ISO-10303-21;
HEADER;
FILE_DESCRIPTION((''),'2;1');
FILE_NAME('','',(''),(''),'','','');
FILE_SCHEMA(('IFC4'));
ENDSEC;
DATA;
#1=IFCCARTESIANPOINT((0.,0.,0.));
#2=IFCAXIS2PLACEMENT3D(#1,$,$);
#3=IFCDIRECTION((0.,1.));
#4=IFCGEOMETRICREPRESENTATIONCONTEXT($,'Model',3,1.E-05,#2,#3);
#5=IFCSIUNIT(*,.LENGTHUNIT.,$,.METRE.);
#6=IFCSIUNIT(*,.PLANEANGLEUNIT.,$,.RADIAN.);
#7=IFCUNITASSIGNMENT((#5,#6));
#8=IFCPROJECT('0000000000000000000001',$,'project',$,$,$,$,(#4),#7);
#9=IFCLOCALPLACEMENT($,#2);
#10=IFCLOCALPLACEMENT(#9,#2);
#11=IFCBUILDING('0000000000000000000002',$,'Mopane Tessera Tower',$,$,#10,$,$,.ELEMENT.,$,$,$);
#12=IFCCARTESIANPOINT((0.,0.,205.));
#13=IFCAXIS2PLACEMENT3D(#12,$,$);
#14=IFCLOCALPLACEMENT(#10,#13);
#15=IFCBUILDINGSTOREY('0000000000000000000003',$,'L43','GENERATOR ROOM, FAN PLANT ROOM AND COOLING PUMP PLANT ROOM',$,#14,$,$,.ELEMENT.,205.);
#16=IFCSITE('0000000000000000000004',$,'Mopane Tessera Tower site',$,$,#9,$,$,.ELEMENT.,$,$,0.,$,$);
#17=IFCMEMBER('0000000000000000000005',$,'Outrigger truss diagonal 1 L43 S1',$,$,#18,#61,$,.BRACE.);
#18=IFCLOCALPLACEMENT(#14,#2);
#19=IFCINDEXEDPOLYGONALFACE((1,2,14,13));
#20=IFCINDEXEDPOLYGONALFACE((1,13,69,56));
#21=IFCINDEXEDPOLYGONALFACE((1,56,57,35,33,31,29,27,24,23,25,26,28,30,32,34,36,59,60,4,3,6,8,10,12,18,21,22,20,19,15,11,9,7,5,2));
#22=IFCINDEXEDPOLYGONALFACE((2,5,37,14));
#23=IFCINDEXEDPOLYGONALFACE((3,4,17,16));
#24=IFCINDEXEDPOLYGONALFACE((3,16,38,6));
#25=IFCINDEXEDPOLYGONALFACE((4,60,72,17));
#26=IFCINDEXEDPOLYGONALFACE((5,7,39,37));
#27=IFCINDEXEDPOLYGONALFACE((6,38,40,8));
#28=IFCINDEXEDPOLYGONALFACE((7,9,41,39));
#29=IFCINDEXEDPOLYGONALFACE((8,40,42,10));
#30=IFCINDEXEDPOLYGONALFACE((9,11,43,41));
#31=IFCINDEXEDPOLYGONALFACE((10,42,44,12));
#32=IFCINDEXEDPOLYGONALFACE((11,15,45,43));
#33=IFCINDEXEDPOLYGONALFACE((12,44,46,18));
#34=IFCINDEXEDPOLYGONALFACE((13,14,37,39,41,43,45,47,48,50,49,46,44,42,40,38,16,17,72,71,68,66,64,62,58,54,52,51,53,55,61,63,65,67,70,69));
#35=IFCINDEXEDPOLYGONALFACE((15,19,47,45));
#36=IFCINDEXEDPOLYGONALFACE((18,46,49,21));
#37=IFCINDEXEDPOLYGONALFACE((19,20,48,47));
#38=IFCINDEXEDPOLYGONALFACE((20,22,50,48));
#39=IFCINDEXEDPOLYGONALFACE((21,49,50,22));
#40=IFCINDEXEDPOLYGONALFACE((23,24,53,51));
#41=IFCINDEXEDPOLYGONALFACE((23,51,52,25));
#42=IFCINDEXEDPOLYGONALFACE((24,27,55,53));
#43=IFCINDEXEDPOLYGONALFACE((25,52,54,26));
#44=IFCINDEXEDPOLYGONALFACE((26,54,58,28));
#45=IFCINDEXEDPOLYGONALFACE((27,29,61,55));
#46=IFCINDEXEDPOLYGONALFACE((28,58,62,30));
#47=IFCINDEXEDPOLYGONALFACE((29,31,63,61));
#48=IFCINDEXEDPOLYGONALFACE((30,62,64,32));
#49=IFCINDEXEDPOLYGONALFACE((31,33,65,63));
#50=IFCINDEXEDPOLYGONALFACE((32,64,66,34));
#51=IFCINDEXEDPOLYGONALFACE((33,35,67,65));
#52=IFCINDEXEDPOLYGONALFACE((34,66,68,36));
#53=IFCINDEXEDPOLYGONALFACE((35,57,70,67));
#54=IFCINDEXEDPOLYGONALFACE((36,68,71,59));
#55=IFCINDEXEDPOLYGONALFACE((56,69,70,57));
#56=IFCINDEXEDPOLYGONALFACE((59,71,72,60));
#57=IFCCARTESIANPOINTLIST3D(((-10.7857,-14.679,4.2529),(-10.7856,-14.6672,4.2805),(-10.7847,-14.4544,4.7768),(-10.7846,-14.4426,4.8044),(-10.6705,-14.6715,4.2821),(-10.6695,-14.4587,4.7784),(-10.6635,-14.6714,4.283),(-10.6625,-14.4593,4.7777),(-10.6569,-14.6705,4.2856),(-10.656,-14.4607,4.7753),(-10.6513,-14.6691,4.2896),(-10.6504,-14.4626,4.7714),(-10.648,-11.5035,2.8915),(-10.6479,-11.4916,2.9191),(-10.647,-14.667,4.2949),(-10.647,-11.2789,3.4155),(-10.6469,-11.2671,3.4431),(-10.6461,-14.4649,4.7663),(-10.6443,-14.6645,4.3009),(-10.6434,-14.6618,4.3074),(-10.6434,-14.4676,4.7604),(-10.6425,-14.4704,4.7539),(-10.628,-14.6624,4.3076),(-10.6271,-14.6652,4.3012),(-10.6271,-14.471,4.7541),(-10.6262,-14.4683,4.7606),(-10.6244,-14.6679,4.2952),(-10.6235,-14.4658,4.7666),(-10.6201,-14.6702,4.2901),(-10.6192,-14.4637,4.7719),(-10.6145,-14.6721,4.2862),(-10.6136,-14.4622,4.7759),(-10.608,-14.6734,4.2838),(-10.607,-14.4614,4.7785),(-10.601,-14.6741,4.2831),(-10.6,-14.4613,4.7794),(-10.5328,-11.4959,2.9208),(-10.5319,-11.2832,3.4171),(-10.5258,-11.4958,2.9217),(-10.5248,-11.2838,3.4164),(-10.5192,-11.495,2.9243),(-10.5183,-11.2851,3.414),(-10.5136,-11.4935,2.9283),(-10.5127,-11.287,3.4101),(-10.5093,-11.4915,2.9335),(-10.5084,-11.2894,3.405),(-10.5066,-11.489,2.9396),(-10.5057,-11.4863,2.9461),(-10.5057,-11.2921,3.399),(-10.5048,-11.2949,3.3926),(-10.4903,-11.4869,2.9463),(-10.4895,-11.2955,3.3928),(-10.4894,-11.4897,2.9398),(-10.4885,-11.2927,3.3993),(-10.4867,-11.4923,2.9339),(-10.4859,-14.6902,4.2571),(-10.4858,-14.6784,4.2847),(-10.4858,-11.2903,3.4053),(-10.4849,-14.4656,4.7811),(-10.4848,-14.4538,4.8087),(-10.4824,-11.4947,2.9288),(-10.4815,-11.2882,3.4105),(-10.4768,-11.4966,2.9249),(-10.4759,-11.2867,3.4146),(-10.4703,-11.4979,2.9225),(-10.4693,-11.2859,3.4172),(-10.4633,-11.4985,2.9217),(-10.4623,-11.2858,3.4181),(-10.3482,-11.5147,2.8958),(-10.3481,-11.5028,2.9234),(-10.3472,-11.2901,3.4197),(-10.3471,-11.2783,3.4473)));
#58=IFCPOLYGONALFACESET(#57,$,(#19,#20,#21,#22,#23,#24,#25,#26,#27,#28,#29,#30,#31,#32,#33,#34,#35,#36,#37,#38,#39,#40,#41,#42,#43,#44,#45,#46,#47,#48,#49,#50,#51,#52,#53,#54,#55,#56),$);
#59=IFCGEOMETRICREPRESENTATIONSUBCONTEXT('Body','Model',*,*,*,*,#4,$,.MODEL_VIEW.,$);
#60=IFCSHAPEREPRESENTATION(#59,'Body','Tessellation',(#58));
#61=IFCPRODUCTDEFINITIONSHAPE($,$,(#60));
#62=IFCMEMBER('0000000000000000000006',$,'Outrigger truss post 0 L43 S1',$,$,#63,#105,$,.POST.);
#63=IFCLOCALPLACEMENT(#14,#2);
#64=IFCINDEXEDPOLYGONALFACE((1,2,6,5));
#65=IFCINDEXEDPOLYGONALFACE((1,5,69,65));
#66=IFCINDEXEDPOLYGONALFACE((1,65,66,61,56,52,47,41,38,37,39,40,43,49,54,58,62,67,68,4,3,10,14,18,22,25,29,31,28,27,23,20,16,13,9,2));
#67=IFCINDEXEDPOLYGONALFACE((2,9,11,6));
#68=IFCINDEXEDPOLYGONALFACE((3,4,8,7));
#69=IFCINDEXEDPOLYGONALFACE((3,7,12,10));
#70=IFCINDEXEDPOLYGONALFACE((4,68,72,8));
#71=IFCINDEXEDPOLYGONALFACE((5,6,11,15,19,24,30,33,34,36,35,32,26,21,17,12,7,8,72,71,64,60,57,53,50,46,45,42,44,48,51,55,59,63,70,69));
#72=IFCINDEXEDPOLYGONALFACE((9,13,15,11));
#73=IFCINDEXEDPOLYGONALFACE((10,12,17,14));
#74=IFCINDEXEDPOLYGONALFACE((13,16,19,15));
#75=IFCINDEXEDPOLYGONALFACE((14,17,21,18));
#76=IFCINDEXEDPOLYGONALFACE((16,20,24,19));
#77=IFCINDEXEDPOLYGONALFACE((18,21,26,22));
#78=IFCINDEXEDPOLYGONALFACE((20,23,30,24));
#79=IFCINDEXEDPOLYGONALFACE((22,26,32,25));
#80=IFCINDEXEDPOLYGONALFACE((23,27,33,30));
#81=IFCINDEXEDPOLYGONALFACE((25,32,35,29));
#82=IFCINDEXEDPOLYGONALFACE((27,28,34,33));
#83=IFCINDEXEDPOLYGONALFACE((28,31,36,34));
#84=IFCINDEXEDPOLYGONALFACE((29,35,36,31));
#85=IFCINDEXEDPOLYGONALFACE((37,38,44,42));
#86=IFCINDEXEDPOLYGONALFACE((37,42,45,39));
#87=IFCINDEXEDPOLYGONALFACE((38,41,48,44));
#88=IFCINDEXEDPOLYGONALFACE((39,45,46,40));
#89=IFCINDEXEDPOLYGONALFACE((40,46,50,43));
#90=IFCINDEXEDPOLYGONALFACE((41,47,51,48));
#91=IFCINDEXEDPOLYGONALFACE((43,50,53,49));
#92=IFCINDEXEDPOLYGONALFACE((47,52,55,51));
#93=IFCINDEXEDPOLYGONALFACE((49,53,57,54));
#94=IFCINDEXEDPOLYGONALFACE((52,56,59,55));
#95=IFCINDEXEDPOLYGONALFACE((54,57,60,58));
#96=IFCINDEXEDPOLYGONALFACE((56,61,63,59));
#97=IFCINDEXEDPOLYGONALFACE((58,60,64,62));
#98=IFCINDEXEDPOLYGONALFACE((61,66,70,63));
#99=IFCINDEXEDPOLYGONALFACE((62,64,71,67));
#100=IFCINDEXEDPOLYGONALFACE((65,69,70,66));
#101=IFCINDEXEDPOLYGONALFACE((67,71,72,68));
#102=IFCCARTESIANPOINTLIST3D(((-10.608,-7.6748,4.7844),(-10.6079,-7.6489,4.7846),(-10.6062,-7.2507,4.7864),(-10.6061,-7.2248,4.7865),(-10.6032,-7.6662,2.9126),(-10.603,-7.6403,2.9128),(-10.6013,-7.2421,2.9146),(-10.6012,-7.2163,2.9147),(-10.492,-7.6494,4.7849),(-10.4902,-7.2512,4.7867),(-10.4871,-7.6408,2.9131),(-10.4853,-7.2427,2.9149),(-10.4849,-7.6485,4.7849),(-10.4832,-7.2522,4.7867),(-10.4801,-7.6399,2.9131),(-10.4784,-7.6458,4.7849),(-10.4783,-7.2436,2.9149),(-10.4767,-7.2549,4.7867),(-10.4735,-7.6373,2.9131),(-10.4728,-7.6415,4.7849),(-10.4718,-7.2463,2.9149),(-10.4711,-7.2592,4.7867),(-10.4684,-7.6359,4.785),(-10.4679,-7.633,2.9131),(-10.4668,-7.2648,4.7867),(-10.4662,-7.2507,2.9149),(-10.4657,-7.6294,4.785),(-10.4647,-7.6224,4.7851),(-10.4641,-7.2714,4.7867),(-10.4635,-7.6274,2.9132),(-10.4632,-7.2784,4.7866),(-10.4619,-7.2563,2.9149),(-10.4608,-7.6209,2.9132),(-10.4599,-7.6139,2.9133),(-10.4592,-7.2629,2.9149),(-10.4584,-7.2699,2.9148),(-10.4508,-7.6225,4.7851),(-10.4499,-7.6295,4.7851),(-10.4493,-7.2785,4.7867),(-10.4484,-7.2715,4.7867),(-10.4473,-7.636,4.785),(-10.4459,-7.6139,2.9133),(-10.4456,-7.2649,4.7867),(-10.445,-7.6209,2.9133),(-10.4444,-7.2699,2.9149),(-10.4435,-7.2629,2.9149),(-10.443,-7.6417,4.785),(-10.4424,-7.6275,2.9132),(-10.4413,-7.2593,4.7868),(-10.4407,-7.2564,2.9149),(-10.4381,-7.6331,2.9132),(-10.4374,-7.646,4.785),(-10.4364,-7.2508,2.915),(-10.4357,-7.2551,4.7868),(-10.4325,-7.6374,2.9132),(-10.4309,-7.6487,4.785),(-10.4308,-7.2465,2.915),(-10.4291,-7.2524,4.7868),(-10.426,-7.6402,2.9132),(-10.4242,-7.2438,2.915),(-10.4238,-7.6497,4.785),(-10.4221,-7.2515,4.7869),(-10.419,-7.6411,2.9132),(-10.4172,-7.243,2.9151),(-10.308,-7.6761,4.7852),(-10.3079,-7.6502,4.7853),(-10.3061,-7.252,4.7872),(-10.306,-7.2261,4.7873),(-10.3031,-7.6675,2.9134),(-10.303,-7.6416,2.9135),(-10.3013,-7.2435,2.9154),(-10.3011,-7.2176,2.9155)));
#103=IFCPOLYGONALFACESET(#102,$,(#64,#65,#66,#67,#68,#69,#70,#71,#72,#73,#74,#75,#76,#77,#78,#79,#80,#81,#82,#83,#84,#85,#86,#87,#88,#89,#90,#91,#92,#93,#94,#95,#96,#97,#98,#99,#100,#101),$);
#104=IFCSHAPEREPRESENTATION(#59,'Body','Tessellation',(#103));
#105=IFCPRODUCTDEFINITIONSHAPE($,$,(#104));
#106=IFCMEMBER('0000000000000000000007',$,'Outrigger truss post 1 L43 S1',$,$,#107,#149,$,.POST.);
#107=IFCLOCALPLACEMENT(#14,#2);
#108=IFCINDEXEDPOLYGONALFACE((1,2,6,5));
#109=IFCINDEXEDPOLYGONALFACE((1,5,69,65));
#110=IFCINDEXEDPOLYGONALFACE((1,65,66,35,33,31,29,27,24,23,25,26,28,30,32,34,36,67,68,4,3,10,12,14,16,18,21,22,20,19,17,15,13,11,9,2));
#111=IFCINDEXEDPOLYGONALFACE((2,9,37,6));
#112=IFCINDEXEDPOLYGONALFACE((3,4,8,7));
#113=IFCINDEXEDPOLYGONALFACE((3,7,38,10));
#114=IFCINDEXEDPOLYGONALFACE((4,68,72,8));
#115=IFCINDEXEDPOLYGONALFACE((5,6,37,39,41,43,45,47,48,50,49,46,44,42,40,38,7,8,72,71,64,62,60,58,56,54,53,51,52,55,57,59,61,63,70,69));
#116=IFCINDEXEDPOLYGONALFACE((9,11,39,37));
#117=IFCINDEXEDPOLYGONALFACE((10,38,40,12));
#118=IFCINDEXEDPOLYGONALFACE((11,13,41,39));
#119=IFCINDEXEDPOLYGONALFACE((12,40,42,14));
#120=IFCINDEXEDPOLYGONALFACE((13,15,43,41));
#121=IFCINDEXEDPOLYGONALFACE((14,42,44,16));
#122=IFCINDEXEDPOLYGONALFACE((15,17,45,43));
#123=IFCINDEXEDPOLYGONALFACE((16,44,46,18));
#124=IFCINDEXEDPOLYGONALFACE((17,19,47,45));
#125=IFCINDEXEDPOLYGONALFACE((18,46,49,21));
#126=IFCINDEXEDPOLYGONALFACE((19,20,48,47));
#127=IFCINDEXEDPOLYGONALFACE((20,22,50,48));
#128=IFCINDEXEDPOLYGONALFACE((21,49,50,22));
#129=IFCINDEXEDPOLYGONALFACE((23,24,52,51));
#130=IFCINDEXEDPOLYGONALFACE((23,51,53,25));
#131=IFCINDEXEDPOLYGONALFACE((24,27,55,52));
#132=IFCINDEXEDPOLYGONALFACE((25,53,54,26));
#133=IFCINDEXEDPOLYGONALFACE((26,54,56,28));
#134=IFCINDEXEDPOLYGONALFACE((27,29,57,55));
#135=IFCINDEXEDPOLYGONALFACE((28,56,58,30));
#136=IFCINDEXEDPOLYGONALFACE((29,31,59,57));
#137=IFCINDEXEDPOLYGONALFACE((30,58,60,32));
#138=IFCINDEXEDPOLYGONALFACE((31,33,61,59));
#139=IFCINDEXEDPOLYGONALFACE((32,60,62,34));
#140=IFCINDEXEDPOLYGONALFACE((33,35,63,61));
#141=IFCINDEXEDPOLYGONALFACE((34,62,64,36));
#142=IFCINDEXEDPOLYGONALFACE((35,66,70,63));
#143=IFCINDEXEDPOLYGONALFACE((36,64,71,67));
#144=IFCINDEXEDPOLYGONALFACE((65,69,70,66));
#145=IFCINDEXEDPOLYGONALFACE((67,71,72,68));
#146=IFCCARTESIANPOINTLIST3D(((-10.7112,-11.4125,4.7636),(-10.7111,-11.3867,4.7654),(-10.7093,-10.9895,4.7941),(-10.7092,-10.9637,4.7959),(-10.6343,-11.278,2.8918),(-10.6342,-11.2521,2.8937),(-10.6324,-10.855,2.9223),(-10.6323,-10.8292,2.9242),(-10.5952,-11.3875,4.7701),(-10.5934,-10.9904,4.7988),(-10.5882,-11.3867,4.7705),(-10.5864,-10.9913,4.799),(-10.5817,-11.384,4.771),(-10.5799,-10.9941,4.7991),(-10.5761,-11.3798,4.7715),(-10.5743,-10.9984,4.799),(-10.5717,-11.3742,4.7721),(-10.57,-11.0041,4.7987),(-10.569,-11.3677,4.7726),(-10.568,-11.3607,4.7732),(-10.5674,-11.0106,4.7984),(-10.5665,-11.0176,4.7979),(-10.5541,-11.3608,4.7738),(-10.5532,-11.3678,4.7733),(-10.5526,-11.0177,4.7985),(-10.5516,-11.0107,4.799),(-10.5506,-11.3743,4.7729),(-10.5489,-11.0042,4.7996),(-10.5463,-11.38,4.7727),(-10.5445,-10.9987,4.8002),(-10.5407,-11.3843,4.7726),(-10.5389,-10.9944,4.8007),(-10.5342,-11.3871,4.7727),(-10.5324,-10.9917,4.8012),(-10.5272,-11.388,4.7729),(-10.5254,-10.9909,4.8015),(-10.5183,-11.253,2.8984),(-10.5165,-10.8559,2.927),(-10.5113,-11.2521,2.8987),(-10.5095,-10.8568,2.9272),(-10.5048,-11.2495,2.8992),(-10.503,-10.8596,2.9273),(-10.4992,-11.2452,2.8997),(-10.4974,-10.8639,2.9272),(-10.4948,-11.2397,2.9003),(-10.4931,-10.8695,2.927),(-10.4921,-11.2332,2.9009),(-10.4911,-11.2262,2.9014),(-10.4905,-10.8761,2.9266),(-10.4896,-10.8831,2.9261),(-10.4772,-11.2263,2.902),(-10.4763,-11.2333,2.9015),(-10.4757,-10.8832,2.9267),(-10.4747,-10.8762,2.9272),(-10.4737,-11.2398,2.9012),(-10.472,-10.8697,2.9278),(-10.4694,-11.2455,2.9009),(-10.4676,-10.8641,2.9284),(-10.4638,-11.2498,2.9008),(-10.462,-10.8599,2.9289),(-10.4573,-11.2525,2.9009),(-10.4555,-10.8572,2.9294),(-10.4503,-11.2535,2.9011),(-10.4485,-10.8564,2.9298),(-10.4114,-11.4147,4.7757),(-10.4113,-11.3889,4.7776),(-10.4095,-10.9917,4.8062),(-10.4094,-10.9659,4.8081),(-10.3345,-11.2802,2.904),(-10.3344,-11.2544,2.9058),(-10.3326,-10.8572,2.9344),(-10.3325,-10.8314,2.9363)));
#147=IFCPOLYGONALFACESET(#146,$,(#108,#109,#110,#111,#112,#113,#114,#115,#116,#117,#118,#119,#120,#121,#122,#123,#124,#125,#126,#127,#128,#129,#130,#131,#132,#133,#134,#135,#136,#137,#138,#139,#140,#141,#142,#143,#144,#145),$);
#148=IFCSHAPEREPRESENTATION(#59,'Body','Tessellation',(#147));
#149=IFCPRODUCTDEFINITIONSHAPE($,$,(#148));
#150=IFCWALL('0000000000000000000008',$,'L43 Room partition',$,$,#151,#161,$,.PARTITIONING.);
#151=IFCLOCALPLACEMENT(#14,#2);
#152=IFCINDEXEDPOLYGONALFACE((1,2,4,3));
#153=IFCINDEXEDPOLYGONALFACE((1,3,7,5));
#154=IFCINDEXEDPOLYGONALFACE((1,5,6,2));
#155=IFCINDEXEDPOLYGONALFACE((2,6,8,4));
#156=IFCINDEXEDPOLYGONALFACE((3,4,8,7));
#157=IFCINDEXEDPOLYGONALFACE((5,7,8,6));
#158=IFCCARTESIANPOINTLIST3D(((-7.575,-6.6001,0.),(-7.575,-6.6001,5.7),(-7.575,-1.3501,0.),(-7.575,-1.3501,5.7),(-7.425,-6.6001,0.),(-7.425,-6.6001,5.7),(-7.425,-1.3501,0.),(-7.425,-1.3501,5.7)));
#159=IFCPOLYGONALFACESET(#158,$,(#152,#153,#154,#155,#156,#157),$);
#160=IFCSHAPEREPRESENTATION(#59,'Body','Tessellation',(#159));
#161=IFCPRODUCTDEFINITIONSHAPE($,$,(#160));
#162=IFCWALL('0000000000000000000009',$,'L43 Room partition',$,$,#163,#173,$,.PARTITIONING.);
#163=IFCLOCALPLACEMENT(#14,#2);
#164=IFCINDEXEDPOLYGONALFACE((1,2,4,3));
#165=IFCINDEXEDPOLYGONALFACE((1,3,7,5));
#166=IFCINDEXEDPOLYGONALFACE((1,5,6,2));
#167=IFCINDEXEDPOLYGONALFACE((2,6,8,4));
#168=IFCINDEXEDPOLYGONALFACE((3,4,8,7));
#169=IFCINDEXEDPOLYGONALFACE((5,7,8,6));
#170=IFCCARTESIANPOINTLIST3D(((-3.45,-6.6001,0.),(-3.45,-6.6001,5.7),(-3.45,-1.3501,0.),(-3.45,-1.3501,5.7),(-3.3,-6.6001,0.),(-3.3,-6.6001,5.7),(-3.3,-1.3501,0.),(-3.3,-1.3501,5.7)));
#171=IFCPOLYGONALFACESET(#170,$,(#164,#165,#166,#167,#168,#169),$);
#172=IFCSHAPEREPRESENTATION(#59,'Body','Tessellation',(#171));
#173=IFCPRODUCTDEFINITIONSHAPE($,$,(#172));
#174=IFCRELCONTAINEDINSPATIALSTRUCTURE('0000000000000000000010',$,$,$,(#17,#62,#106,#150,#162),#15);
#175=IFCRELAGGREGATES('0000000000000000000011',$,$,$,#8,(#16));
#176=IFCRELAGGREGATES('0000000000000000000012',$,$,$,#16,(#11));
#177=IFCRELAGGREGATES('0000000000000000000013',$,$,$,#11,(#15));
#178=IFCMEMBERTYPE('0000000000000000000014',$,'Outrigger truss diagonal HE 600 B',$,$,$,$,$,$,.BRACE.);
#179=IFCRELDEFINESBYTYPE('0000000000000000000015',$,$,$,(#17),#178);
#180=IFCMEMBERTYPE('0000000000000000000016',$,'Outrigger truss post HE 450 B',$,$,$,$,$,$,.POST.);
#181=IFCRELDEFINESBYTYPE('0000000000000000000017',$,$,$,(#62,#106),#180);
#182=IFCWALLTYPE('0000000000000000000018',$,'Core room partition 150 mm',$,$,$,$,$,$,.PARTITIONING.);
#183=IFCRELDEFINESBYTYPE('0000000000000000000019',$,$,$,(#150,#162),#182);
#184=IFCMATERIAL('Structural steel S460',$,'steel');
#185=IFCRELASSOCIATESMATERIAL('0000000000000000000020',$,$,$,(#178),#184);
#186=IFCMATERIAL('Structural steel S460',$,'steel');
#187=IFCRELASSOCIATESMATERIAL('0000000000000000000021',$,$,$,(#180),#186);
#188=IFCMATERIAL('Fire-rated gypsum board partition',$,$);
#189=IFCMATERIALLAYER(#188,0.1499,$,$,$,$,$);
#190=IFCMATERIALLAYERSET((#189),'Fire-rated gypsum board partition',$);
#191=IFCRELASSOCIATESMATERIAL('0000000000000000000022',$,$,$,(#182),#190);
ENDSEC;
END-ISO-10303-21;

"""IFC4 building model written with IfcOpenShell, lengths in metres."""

from ifc_helpers import new_model, si_unit, direction, frame, frame_2d, origin, origin_2d, place, context, subcontext, project, spatial, rectangle, i_section, extrude, material, layer, layer_set, material_profile, profile_set, type_object, element, save


model = new_model("IFC4")

# Units and contexts
model_context = context("Model", 3, precision=1e-05, world=origin(), true_north=direction((0.0, 1.0)))
body_context = subcontext(model_context, "Body", "Model", "MODEL_VIEW")
ifc_project = project(units=[si_unit("LENGTHUNIT", "METRE"), si_unit("PLANEANGLEUNIT", "RADIAN")], contexts=[model_context])

# Site, building, storey
site_placement = place(None, origin())
site = spatial("IfcSite", under=ifc_project, at=site_placement, Name="Mopane Tessera Tower site", CompositionType="ELEMENT", RefElevation=0.0)
building_placement = place(site_placement, origin())
building = spatial("IfcBuilding", under=site, at=building_placement, Name="Mopane Tessera Tower", CompositionType="ELEMENT")
storey_placement = place(building_placement, frame((0.0, 0.0, 205.0)))
storey = spatial("IfcBuildingStorey", under=building, at=storey_placement, Name="L43", Description="GENERATOR ROOM, FAN PLANT ROOM AND COOLING PUMP PLANT ROOM", CompositionType="ELEMENT", Elevation=205.0)

# Members
ifc_material_1 = material(Name="Structural steel S460", Category="steel")
ifc_material_profile_1 = material_profile(ifc_material_1, i_section(OverallWidth=0.3, OverallDepth=0.6001, WebThickness=0.0154, FlangeThickness=0.03, FilletRadius=0.0271, at=origin_2d()))
ifc_profile_set_1 = profile_set([ifc_material_profile_1], Name="Structural steel S460")
member_type_1 = type_object("IfcMemberType", Name="Outrigger truss diagonal HE 600 B", PredefinedType="BRACE", material=ifc_profile_set_1)
member_1_placement = place(storey_placement, frame((-10.4976, -11.3909, 3.1694), z_axis=(-0.039822, -0.918376, 0.393701), x_axis=(0.999205, -0.037283, 0.014099)))
element("IfcMember", 1, at=member_1_placement, inside=storey, type_object=member_type_1, Name="Outrigger truss diagonal 1 L43 S1", PredefinedType="BRACE", context=body_context, shape_type="SweptSolid", body=[
    extrude(i_section(OverallWidth=0.3, OverallDepth=0.6001, WebThickness=0.0154, FlangeThickness=0.03, FilletRadius=0.0271, at=origin_2d()), origin(), (0.0, 0.0, 1.0), 3.4578),
])
ifc_material_2 = material(Name="Structural steel S460", Category="steel")
ifc_material_profile_2 = material_profile(ifc_material_2, i_section(OverallWidth=0.3, OverallDepth=0.45, WebThickness=0.0139, FlangeThickness=0.0259, FilletRadius=0.0271, at=origin_2d()))
ifc_profile_set_2 = profile_set([ifc_material_profile_2], Name="Structural steel S460")
member_type_2 = type_object("IfcMemberType", Name="Outrigger truss post HE 450 B", PredefinedType="POST", material=ifc_profile_set_2)
member_2_placement = place(storey_placement, frame((-10.4521, -7.4419, 2.9141), z_axis=(-0.002609, -0.004565, 0.999986), x_axis=(0.999987, -0.004379, 0.002589)))
element("IfcMember", 2, at=member_2_placement, inside=storey, type_object=member_type_2, Name="Outrigger truss post 0 L43 S1", PredefinedType="POST", context=body_context, shape_type="SweptSolid", body=[
    extrude(i_section(OverallWidth=0.3, OverallDepth=0.45, WebThickness=0.0139, FlangeThickness=0.0259, FilletRadius=0.0271, at=origin_2d()), origin(), (0.0, 0.0, 1.0), 1.8718),
])
member_3_placement = place(storey_placement, frame((-10.4834, -11.0547, 2.9141), z_axis=(-0.040945, -0.071621, 0.996591), x_axis=(0.999151, -0.007477, 0.040513)))
element("IfcMember", 3, at=member_3_placement, inside=storey, type_object=member_type_2, Name="Outrigger truss post 1 L43 S1", PredefinedType="POST", context=body_context, shape_type="SweptSolid", body=[
    extrude(i_section(OverallWidth=0.3, OverallDepth=0.45, WebThickness=0.0139, FlangeThickness=0.0259, FilletRadius=0.0271, at=origin_2d()), origin(), (0.0, 0.0, 1.0), 1.8782),
])

# Walls
ifc_material_3 = material(Name="Fire-rated gypsum board partition")
ifc_layer_1 = layer(ifc_material_3, 0.1499)
ifc_layer_set_1 = layer_set([ifc_layer_1], Name="Fire-rated gypsum board partition")
wall_type_1 = type_object("IfcWallType", Name="Core room partition 150 mm", PredefinedType="PARTITIONING", material=ifc_layer_set_1)
for number, where, z_axis, x_axis, name in (
    (4, (-7.5, -6.6001, 0.0), (0.0, 0.0, 1.0), (0.0, 1.0, 0.0), "L43 Room partition"),
    (5, (-3.375, -6.6001, 0.0), (0.0, 0.0, 1.0), (0.0, 1.0, 0.0), "L43 Room partition"),
):
    element("IfcWall", number, at=place(storey_placement, frame(where, z_axis=z_axis, x_axis=x_axis)), inside=storey, type_object=wall_type_1, Name=name, PredefinedType="PARTITIONING", context=body_context, shape_type="SweptSolid", body=[
        extrude(rectangle(XDim=5.25, YDim=0.1499, at=frame_2d((2.625, 0.0))), origin(), (0.0, 0.0, 1.0), 5.7),
    ])

save(model, "model.ifc")
